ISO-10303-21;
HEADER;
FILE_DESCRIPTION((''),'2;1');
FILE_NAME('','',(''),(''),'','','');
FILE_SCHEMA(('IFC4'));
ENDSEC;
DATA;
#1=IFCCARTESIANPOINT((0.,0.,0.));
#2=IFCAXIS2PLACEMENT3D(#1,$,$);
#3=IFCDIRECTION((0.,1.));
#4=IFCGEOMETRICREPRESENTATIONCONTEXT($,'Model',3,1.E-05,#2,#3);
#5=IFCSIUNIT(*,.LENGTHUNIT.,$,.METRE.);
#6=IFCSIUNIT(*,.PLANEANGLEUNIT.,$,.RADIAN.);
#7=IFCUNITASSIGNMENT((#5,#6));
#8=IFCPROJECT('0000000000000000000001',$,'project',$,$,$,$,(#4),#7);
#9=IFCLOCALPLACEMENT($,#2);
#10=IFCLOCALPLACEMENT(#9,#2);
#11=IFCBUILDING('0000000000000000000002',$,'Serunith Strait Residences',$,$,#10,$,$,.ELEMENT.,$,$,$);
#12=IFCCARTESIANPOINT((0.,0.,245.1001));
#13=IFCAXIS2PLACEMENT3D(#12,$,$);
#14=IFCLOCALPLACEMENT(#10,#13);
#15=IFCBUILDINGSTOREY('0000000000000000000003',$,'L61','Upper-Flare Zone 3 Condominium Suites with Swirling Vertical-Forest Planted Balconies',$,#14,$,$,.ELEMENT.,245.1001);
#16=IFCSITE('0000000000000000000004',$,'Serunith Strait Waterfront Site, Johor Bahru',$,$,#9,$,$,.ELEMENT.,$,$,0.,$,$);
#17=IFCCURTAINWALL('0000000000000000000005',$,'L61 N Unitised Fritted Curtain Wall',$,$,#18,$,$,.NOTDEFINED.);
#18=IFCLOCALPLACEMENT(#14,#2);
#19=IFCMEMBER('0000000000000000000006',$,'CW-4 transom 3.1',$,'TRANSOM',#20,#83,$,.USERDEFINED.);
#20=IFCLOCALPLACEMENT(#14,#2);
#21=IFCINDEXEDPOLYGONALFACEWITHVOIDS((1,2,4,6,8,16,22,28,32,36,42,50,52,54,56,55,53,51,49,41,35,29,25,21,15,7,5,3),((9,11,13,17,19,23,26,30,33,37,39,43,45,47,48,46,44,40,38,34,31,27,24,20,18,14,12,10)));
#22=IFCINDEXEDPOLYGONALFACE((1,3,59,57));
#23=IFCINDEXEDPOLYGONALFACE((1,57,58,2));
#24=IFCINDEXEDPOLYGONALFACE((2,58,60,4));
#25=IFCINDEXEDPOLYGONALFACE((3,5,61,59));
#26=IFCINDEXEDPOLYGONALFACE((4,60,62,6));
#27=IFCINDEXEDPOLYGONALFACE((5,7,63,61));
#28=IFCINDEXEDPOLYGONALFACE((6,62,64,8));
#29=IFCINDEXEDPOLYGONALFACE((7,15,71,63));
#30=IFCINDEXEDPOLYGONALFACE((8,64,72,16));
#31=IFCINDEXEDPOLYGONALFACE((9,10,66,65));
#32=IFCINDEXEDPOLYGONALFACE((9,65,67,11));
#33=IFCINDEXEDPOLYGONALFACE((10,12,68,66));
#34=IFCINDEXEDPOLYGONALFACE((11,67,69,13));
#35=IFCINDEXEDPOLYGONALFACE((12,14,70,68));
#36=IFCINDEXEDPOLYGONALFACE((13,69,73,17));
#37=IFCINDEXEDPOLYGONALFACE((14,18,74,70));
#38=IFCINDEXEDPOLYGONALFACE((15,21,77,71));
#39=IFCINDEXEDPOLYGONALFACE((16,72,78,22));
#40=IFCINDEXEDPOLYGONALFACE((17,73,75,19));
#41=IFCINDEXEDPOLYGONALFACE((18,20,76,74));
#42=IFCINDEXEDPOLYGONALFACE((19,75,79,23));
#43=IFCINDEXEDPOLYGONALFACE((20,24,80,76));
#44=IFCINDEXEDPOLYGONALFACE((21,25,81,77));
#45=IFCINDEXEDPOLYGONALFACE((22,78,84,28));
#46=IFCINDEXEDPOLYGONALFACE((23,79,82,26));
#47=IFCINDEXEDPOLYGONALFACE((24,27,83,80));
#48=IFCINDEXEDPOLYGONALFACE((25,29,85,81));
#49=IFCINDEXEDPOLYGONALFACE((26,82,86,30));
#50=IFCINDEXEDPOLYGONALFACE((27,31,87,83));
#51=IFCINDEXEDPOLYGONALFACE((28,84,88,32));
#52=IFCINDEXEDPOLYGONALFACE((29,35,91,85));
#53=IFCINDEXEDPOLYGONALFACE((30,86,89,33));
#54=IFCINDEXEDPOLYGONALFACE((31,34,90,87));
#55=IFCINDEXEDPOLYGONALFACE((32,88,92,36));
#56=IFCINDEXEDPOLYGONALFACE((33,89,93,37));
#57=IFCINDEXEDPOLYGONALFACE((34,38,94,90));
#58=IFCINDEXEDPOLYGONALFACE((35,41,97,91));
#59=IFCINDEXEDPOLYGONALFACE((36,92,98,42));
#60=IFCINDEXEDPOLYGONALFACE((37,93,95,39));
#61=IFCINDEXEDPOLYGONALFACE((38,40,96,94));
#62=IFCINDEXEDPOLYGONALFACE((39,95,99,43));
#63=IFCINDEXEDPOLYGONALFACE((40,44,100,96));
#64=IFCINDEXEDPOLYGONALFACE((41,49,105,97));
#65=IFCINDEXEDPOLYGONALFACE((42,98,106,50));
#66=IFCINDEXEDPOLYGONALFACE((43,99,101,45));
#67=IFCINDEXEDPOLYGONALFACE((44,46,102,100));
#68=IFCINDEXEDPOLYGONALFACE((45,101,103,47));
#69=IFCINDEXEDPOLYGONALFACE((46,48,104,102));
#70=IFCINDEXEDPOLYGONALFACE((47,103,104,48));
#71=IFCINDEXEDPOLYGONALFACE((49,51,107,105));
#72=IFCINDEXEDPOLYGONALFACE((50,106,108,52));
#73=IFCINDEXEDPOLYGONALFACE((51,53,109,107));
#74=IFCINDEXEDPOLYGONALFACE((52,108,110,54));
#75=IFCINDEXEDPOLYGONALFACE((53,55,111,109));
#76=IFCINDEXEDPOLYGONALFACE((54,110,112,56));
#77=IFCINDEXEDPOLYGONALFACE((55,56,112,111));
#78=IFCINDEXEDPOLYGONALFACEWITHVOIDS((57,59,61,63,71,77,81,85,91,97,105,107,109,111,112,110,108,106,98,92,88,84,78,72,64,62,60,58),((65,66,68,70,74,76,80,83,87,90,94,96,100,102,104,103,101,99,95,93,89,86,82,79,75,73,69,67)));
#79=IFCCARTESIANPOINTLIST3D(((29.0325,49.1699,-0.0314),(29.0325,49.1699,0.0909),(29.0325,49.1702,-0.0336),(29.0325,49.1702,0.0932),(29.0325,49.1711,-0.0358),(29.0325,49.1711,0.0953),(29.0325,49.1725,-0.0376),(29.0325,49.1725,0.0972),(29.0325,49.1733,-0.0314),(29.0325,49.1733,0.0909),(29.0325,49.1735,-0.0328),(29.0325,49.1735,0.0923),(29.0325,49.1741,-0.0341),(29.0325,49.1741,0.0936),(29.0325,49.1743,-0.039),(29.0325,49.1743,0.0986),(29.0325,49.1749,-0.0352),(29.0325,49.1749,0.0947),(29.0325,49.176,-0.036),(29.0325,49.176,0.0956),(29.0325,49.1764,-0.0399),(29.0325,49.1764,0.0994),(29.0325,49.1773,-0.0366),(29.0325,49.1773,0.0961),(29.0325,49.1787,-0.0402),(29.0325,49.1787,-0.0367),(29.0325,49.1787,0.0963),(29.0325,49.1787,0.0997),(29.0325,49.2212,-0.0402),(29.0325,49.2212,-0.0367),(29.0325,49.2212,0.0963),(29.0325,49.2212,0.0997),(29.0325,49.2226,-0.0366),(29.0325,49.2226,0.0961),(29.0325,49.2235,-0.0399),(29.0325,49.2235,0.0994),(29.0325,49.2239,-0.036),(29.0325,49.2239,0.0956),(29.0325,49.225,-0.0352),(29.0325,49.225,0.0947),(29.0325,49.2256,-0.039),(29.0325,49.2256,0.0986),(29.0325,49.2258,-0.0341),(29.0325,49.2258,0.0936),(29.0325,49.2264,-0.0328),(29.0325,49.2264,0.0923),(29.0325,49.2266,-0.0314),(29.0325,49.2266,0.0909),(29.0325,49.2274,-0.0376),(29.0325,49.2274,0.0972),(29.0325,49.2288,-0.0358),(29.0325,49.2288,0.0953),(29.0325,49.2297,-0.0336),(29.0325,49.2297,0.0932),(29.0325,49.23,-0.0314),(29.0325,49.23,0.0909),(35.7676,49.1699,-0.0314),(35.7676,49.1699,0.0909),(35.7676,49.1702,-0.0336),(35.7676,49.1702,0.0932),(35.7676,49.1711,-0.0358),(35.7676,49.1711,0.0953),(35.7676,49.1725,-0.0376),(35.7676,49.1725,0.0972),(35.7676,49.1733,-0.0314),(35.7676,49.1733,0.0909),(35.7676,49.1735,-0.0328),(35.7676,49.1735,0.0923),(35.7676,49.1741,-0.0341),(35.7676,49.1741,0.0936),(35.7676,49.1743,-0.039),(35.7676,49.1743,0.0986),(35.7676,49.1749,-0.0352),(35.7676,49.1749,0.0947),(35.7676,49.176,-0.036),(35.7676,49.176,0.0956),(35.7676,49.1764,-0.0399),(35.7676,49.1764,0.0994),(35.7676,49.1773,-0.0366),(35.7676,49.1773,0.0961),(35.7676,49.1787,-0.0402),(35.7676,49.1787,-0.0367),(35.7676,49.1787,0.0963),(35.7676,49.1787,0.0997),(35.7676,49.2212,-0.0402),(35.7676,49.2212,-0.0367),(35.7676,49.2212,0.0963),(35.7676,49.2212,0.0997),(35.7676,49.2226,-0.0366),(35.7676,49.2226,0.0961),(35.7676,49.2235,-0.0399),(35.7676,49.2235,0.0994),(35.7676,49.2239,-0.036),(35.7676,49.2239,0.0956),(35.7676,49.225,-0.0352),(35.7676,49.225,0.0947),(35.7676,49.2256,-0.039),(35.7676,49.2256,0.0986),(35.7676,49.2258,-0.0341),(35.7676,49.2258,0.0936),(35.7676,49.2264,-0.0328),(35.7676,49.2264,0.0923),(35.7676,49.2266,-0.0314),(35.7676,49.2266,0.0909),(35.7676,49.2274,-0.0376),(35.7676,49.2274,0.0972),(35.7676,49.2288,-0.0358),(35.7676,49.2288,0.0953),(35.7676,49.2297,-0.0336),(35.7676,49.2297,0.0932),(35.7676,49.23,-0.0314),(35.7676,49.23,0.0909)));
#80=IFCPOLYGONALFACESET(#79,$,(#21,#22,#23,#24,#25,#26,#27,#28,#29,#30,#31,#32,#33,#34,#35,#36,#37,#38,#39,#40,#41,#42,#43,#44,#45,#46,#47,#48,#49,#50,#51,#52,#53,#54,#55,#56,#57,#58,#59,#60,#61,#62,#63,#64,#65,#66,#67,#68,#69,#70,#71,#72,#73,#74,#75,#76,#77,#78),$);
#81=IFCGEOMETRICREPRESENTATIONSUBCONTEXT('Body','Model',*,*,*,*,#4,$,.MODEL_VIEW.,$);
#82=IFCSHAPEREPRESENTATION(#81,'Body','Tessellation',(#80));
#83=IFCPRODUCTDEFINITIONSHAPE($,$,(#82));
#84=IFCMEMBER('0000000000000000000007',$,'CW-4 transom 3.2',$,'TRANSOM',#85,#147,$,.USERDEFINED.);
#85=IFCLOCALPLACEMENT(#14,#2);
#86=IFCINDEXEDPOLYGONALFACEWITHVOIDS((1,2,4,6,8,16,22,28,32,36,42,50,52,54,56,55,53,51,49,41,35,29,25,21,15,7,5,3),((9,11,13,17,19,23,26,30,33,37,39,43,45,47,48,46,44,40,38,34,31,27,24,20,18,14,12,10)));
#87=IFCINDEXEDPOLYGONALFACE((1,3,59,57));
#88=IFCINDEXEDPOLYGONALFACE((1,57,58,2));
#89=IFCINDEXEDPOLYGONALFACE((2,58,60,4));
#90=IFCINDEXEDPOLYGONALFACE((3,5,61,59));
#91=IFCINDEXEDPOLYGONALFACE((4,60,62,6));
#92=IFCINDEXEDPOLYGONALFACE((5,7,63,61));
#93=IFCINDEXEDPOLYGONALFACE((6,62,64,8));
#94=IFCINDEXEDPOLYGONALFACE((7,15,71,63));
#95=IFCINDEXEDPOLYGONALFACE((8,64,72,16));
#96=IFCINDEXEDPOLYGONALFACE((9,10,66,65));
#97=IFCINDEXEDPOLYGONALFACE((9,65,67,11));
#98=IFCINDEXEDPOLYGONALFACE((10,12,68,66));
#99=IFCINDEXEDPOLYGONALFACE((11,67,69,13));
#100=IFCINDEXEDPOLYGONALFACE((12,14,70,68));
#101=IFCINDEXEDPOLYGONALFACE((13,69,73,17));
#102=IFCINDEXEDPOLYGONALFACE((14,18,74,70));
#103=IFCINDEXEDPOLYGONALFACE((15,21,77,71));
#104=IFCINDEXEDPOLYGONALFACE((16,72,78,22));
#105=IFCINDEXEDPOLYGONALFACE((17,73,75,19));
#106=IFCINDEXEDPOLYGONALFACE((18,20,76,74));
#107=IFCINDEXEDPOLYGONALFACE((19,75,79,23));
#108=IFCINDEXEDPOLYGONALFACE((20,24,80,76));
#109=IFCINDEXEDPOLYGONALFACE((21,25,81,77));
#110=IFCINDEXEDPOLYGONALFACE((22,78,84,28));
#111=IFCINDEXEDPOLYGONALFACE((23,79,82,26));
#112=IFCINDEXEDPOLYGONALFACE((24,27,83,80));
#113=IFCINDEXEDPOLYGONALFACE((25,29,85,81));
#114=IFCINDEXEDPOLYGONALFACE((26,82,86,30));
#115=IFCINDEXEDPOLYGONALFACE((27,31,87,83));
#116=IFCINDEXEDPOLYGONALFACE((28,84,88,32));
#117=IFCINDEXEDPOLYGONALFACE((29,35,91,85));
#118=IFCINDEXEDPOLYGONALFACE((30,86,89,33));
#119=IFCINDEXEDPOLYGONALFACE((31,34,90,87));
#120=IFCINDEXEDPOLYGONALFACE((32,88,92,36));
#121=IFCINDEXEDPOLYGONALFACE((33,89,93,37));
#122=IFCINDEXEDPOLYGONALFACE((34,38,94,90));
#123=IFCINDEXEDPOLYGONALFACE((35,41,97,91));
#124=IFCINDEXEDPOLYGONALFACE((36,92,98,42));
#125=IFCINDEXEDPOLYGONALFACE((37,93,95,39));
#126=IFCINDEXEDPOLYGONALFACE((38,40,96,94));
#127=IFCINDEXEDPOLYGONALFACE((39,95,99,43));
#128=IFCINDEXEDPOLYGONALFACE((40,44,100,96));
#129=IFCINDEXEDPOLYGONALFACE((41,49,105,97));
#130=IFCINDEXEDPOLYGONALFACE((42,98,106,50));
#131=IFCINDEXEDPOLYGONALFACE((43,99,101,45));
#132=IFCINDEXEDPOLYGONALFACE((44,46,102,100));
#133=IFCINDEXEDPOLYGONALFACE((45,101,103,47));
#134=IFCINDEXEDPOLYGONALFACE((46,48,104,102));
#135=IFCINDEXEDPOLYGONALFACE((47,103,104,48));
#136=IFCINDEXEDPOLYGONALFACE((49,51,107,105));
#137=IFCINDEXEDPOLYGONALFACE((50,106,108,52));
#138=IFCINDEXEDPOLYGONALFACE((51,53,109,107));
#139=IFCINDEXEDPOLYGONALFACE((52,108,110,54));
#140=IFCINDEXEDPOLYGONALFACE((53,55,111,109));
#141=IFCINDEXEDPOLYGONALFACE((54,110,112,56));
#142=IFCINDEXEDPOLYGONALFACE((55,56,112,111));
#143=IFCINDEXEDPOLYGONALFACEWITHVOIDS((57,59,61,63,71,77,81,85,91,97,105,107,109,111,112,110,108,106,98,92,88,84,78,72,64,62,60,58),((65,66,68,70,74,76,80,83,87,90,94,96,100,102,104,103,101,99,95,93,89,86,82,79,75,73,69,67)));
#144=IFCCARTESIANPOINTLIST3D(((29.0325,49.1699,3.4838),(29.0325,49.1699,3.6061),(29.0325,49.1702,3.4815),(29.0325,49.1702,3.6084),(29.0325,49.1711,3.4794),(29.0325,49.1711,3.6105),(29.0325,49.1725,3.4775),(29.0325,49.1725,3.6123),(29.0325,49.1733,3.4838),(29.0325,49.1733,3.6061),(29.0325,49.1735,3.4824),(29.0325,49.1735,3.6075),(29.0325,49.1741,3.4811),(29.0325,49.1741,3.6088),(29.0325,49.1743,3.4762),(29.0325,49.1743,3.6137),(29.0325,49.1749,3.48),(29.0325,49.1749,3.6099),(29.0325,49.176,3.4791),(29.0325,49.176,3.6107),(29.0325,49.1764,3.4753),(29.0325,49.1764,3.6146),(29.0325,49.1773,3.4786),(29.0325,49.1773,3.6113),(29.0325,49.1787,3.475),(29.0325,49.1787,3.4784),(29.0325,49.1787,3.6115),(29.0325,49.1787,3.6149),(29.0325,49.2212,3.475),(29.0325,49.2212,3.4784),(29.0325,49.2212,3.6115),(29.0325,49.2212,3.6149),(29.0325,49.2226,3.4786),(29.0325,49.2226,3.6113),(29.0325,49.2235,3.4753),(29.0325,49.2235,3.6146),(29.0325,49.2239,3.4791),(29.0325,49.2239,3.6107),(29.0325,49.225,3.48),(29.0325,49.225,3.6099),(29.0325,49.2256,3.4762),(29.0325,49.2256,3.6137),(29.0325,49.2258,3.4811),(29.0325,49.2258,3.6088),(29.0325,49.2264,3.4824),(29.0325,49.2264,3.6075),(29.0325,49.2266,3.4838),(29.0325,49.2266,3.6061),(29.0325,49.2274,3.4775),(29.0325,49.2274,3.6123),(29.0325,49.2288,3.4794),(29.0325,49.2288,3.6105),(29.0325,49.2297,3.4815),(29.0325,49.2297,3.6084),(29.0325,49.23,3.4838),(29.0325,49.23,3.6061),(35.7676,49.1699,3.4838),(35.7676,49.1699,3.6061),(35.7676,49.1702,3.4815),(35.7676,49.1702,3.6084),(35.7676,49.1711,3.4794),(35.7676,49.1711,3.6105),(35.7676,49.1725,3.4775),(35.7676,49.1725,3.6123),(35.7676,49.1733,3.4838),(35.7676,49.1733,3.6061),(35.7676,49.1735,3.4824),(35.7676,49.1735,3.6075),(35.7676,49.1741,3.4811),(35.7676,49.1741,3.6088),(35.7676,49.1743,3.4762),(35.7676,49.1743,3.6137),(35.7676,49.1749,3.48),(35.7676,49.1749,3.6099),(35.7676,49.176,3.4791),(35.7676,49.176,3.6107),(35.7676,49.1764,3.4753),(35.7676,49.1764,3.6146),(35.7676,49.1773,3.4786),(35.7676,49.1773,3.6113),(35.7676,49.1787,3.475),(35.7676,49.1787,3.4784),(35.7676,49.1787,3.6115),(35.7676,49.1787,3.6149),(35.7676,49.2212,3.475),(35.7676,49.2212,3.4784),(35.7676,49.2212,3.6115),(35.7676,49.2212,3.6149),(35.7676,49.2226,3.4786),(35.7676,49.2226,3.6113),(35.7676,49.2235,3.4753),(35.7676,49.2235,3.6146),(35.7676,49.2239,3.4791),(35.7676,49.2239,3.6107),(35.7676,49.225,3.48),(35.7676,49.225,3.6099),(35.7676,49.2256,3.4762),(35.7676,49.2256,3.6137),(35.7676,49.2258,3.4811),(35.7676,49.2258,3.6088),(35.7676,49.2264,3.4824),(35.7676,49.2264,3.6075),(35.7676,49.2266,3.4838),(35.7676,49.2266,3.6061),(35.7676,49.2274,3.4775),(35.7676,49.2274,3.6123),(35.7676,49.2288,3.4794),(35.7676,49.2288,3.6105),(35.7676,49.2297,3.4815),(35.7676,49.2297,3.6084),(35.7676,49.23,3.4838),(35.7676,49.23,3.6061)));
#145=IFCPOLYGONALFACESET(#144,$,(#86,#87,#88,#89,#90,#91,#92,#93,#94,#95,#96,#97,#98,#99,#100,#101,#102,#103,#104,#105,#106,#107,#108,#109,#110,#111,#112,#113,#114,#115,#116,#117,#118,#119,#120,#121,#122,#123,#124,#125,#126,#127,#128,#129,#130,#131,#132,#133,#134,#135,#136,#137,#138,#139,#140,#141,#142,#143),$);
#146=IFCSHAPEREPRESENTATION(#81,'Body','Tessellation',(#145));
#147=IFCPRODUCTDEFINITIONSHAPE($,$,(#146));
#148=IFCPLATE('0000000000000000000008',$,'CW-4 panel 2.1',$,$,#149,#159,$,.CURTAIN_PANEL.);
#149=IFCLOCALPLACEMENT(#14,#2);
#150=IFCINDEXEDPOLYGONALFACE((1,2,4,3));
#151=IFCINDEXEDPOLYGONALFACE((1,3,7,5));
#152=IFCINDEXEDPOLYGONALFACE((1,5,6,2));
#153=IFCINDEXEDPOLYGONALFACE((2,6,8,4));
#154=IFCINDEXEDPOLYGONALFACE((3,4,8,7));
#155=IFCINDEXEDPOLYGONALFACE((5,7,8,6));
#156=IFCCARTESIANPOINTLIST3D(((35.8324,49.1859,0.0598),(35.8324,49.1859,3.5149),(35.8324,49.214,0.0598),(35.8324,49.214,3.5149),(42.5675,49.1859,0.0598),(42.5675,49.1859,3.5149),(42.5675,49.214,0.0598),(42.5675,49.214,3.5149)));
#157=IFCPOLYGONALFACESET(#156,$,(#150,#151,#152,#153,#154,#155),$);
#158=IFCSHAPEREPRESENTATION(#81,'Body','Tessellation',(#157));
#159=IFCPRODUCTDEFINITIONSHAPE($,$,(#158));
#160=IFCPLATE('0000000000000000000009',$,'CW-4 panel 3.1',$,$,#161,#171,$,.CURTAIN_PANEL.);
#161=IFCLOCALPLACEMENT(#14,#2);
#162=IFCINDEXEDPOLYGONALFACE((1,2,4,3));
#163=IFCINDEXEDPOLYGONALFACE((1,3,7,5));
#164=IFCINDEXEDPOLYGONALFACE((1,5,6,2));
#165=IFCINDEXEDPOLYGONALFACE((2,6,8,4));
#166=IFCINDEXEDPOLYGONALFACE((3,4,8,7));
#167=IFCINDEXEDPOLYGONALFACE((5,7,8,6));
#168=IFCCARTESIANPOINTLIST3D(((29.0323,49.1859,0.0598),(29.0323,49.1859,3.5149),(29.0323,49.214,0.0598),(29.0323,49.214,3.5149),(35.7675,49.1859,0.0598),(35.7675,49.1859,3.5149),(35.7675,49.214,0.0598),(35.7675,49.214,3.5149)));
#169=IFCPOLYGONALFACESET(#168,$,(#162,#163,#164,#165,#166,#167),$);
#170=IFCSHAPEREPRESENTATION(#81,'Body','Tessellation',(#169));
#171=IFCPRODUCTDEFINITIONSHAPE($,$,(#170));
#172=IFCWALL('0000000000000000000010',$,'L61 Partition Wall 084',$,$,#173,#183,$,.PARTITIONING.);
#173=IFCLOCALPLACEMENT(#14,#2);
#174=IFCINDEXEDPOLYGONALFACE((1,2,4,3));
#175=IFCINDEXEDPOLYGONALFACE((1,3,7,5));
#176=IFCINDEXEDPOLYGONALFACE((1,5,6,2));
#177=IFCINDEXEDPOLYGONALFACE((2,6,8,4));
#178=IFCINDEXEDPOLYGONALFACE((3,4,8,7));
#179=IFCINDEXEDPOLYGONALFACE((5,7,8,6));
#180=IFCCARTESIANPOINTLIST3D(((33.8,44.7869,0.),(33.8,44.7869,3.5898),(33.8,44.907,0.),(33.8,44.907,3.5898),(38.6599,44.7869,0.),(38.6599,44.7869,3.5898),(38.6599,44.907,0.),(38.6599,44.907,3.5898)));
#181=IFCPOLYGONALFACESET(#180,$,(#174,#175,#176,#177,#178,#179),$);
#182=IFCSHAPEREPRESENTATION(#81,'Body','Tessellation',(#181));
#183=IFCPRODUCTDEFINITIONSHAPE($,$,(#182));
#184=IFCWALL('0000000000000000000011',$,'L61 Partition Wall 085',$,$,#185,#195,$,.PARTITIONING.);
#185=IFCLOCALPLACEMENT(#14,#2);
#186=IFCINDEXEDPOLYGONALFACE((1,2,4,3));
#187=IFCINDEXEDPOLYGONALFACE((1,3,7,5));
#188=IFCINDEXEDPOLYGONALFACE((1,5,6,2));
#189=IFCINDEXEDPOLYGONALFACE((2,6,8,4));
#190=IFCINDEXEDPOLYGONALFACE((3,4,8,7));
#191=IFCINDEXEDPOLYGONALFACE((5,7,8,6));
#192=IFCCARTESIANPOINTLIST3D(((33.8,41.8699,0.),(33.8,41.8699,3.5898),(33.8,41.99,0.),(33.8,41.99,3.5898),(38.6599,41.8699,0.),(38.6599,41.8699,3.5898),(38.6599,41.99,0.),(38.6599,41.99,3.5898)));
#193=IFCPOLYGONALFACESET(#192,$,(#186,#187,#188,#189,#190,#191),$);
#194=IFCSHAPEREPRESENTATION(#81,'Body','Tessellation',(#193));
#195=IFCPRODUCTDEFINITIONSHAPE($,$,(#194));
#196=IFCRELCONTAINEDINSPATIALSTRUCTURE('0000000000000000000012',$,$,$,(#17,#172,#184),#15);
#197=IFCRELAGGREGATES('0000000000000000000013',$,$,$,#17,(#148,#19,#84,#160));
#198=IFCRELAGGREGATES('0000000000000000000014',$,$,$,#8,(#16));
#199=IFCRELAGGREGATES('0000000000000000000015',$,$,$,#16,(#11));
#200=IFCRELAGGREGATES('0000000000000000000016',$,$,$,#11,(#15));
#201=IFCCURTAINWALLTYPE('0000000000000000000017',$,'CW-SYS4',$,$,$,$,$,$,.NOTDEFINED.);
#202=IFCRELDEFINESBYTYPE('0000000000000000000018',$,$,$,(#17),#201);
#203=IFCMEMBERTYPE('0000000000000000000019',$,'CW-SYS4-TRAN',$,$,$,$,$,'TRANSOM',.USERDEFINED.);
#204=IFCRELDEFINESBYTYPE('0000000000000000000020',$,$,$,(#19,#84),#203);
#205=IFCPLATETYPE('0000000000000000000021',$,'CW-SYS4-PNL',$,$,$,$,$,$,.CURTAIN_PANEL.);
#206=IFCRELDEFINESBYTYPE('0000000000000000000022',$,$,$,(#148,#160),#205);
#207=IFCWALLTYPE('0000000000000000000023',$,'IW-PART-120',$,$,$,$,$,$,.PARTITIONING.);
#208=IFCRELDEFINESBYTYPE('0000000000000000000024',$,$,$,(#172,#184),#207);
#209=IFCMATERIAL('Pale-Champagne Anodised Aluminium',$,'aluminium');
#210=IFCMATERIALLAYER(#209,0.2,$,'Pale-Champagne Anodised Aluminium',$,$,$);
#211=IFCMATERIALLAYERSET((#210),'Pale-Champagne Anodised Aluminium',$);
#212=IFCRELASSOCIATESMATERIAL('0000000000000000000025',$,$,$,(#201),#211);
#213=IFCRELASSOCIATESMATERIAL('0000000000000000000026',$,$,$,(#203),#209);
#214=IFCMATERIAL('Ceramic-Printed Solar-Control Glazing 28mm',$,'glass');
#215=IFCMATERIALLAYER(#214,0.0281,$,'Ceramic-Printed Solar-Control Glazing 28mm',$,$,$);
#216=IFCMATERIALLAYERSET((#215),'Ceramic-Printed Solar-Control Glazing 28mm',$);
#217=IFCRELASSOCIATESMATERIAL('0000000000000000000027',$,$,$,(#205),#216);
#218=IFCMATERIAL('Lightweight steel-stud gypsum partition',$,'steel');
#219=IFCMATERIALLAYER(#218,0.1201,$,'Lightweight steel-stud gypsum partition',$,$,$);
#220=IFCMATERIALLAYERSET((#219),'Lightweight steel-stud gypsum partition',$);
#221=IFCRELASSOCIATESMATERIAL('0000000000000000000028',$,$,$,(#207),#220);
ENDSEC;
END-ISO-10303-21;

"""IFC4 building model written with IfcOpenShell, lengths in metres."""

from ifc_helpers import new_model, si_unit, direction, frame, frame_2d, origin, origin_2d, place, context, subcontext, project, spatial, rectangle, hollow_rectangle, extrude, source, transform, mapped, material, layer, layer_set, material_profile, profile_set, type_object, element, aggregate, save


model = new_model("IFC4")

# Units and contexts
model_context = context("Model", 3, precision=1e-05, world=origin(), true_north=direction((0.0, 1.0)))
body_context = subcontext(model_context, "Body", "Model", "MODEL_VIEW")
ifc_project = project(units=[si_unit("LENGTHUNIT", "METRE"), si_unit("PLANEANGLEUNIT", "RADIAN")], contexts=[model_context])

# Site, building, storey
site_placement = place(None, origin())
site = spatial("IfcSite", under=ifc_project, at=site_placement, Name="Serunith Strait Waterfront Site, Johor Bahru", CompositionType="ELEMENT", RefElevation=0.0)
building_placement = place(site_placement, origin())
building = spatial("IfcBuilding", under=site, at=building_placement, Name="Serunith Strait Residences", CompositionType="ELEMENT")
storey_placement = place(building_placement, frame((0.0, 0.0, 245.1001)))
storey = spatial("IfcBuildingStorey", under=building, at=storey_placement, Name="L61", Description="Upper-Flare Zone 3 Condominium Suites with Swirling Vertical-Forest Planted Balconies", CompositionType="ELEMENT", Elevation=245.1001)

# Curtain wall, members, plates
ifc_material_1 = material(Name="Pale-Champagne Anodised Aluminium", Category="aluminium")
ifc_layer_1 = layer(ifc_material_1, 0.2, Name="Pale-Champagne Anodised Aluminium")
ifc_layer_set_1 = layer_set([ifc_layer_1], Name="Pale-Champagne Anodised Aluminium")
curtain_wall_type = type_object("IfcCurtainWallType", Name="CW-SYS4", PredefinedType="NOTDEFINED", material=ifc_layer_set_1)
curtain_wall_placement = place(storey_placement, origin())
curtain_wall = element("IfcCurtainWall", 1, at=curtain_wall_placement, inside=storey, type_object=curtain_wall_type, Name="L61 N Unitised Fritted Curtain Wall", PredefinedType="NOTDEFINED")
ifc_material_profile_1 = material_profile(ifc_material_1, hollow_rectangle(XDim=0.0601, YDim=0.1399, WallThickness=0.0034, InnerFilletRadius=0.0054, OuterFilletRadius=0.0088, at=origin_2d()), Name="ALU 140x60x3.5")
ifc_profile_set_1 = profile_set([ifc_material_profile_1], Name="Pale-Champagne Anodised Aluminium")
member_type_1 = type_object("IfcMemberType", Name="CW-SYS4-TRAN", ElementType="TRANSOM", PredefinedType="USERDEFINED", material=ifc_profile_set_1)
shared_shape_1 = source(origin(), body_context, "Body", "SweptSolid", [
    extrude(hollow_rectangle(XDim=0.0601, YDim=0.1399, WallThickness=0.0034, InnerFilletRadius=0.0054, OuterFilletRadius=0.0088, at=origin_2d()), origin(), (0.0, 0.0, 1.0), 6.7351),
])
member_1_placement = place(storey_placement, frame((35.7676, 49.2, 0.0298), z_axis=(-1.0, 0.0, 0.0), x_axis=(0.0, -1.0, 0.0)))
member_1 = element("IfcMember", 2, at=member_1_placement, type_object=member_type_1, Name="CW-4 transom 3.1", ObjectType="TRANSOM", PredefinedType="USERDEFINED", context=body_context, shape_type="MappedRepresentation", body=[
    mapped(shared_shape_1, transform((0.0, 0.0, 0.0), scale=1.0)),
])
member_2_placement = place(storey_placement, frame((35.7676, 49.2, 3.5449), z_axis=(-1.0, 0.0, 0.0), x_axis=(0.0, -1.0, 0.0)))
member_2 = element("IfcMember", 3, at=member_2_placement, type_object=member_type_1, Name="CW-4 transom 3.2", ObjectType="TRANSOM", PredefinedType="USERDEFINED", context=body_context, shape_type="MappedRepresentation", body=[
    mapped(shared_shape_1, transform((0.0, 0.0, 0.0), scale=1.0)),
])
ifc_material_2 = material(Name="Ceramic-Printed Solar-Control Glazing 28mm", Category="glass")
ifc_layer_2 = layer(ifc_material_2, 0.0281, Name="Ceramic-Printed Solar-Control Glazing 28mm")
ifc_layer_set_2 = layer_set([ifc_layer_2], Name="Ceramic-Printed Solar-Control Glazing 28mm")
plate_type = type_object("IfcPlateType", Name="CW-SYS4-PNL", PredefinedType="CURTAIN_PANEL", material=ifc_layer_set_2)
shared_shape_2 = source(origin(), body_context, "Body", "SweptSolid", [
    extrude(rectangle(XDim=6.7351, YDim=0.0281, at=origin_2d()), origin(), (0.0, 0.0, 1.0), 3.4551),
])
plate_1_placement = place(storey_placement, frame((39.2, 49.2, 0.0598), z_axis=(0.0, 0.0, 1.0), x_axis=(-1.0, 0.0, 0.0)))
plate_1 = element("IfcPlate", 4, at=plate_1_placement, type_object=plate_type, Name="CW-4 panel 2.1", PredefinedType="CURTAIN_PANEL", context=body_context, shape_type="MappedRepresentation", body=[
    mapped(shared_shape_2, transform((0.0, 0.0, 0.0), scale=1.0)),
])
plate_2_placement = place(storey_placement, frame((32.3999, 49.2, 0.0598), z_axis=(0.0, 0.0, 1.0), x_axis=(-1.0, 0.0, 0.0)))
plate_2 = element("IfcPlate", 5, at=plate_2_placement, type_object=plate_type, Name="CW-4 panel 3.1", PredefinedType="CURTAIN_PANEL", context=body_context, shape_type="MappedRepresentation", body=[
    mapped(shared_shape_2, transform((0.0, 0.0, 0.0), scale=1.0)),
])
aggregate(curtain_wall, [plate_1, member_1, member_2, plate_2])

# Walls
ifc_material_3 = material(Name="Lightweight steel-stud gypsum partition", Category="steel")
ifc_layer_3 = layer(ifc_material_3, 0.1201, Name="Lightweight steel-stud gypsum partition")
ifc_layer_set_3 = layer_set([ifc_layer_3], Name="Lightweight steel-stud gypsum partition")
wall_type = type_object("IfcWallType", Name="IW-PART-120", PredefinedType="PARTITIONING", material=ifc_layer_set_3)
for number, where, z_axis, x_axis, name in (
    (6, (33.8, 44.8469, 0.0), (0.0, 0.0, 1.0), (1.0, 0.0, 0.0), "L61 Partition Wall 084"),
    (7, (33.8, 41.9299, 0.0), (0.0, 0.0, 1.0), (1.0, 0.0, 0.0), "L61 Partition Wall 085"),
):
    element("IfcWall", number, at=place(storey_placement, frame(where, z_axis=z_axis, x_axis=x_axis)), inside=storey, type_object=wall_type, Name=name, PredefinedType="PARTITIONING", context=body_context, shape_type="SweptSolid", body=[
        extrude(rectangle(XDim=4.8599, YDim=0.1201, at=frame_2d((2.4299, 0.0))), origin(), (0.0, 0.0, 1.0), 3.5898),
    ])

save(model, "model.ifc")
